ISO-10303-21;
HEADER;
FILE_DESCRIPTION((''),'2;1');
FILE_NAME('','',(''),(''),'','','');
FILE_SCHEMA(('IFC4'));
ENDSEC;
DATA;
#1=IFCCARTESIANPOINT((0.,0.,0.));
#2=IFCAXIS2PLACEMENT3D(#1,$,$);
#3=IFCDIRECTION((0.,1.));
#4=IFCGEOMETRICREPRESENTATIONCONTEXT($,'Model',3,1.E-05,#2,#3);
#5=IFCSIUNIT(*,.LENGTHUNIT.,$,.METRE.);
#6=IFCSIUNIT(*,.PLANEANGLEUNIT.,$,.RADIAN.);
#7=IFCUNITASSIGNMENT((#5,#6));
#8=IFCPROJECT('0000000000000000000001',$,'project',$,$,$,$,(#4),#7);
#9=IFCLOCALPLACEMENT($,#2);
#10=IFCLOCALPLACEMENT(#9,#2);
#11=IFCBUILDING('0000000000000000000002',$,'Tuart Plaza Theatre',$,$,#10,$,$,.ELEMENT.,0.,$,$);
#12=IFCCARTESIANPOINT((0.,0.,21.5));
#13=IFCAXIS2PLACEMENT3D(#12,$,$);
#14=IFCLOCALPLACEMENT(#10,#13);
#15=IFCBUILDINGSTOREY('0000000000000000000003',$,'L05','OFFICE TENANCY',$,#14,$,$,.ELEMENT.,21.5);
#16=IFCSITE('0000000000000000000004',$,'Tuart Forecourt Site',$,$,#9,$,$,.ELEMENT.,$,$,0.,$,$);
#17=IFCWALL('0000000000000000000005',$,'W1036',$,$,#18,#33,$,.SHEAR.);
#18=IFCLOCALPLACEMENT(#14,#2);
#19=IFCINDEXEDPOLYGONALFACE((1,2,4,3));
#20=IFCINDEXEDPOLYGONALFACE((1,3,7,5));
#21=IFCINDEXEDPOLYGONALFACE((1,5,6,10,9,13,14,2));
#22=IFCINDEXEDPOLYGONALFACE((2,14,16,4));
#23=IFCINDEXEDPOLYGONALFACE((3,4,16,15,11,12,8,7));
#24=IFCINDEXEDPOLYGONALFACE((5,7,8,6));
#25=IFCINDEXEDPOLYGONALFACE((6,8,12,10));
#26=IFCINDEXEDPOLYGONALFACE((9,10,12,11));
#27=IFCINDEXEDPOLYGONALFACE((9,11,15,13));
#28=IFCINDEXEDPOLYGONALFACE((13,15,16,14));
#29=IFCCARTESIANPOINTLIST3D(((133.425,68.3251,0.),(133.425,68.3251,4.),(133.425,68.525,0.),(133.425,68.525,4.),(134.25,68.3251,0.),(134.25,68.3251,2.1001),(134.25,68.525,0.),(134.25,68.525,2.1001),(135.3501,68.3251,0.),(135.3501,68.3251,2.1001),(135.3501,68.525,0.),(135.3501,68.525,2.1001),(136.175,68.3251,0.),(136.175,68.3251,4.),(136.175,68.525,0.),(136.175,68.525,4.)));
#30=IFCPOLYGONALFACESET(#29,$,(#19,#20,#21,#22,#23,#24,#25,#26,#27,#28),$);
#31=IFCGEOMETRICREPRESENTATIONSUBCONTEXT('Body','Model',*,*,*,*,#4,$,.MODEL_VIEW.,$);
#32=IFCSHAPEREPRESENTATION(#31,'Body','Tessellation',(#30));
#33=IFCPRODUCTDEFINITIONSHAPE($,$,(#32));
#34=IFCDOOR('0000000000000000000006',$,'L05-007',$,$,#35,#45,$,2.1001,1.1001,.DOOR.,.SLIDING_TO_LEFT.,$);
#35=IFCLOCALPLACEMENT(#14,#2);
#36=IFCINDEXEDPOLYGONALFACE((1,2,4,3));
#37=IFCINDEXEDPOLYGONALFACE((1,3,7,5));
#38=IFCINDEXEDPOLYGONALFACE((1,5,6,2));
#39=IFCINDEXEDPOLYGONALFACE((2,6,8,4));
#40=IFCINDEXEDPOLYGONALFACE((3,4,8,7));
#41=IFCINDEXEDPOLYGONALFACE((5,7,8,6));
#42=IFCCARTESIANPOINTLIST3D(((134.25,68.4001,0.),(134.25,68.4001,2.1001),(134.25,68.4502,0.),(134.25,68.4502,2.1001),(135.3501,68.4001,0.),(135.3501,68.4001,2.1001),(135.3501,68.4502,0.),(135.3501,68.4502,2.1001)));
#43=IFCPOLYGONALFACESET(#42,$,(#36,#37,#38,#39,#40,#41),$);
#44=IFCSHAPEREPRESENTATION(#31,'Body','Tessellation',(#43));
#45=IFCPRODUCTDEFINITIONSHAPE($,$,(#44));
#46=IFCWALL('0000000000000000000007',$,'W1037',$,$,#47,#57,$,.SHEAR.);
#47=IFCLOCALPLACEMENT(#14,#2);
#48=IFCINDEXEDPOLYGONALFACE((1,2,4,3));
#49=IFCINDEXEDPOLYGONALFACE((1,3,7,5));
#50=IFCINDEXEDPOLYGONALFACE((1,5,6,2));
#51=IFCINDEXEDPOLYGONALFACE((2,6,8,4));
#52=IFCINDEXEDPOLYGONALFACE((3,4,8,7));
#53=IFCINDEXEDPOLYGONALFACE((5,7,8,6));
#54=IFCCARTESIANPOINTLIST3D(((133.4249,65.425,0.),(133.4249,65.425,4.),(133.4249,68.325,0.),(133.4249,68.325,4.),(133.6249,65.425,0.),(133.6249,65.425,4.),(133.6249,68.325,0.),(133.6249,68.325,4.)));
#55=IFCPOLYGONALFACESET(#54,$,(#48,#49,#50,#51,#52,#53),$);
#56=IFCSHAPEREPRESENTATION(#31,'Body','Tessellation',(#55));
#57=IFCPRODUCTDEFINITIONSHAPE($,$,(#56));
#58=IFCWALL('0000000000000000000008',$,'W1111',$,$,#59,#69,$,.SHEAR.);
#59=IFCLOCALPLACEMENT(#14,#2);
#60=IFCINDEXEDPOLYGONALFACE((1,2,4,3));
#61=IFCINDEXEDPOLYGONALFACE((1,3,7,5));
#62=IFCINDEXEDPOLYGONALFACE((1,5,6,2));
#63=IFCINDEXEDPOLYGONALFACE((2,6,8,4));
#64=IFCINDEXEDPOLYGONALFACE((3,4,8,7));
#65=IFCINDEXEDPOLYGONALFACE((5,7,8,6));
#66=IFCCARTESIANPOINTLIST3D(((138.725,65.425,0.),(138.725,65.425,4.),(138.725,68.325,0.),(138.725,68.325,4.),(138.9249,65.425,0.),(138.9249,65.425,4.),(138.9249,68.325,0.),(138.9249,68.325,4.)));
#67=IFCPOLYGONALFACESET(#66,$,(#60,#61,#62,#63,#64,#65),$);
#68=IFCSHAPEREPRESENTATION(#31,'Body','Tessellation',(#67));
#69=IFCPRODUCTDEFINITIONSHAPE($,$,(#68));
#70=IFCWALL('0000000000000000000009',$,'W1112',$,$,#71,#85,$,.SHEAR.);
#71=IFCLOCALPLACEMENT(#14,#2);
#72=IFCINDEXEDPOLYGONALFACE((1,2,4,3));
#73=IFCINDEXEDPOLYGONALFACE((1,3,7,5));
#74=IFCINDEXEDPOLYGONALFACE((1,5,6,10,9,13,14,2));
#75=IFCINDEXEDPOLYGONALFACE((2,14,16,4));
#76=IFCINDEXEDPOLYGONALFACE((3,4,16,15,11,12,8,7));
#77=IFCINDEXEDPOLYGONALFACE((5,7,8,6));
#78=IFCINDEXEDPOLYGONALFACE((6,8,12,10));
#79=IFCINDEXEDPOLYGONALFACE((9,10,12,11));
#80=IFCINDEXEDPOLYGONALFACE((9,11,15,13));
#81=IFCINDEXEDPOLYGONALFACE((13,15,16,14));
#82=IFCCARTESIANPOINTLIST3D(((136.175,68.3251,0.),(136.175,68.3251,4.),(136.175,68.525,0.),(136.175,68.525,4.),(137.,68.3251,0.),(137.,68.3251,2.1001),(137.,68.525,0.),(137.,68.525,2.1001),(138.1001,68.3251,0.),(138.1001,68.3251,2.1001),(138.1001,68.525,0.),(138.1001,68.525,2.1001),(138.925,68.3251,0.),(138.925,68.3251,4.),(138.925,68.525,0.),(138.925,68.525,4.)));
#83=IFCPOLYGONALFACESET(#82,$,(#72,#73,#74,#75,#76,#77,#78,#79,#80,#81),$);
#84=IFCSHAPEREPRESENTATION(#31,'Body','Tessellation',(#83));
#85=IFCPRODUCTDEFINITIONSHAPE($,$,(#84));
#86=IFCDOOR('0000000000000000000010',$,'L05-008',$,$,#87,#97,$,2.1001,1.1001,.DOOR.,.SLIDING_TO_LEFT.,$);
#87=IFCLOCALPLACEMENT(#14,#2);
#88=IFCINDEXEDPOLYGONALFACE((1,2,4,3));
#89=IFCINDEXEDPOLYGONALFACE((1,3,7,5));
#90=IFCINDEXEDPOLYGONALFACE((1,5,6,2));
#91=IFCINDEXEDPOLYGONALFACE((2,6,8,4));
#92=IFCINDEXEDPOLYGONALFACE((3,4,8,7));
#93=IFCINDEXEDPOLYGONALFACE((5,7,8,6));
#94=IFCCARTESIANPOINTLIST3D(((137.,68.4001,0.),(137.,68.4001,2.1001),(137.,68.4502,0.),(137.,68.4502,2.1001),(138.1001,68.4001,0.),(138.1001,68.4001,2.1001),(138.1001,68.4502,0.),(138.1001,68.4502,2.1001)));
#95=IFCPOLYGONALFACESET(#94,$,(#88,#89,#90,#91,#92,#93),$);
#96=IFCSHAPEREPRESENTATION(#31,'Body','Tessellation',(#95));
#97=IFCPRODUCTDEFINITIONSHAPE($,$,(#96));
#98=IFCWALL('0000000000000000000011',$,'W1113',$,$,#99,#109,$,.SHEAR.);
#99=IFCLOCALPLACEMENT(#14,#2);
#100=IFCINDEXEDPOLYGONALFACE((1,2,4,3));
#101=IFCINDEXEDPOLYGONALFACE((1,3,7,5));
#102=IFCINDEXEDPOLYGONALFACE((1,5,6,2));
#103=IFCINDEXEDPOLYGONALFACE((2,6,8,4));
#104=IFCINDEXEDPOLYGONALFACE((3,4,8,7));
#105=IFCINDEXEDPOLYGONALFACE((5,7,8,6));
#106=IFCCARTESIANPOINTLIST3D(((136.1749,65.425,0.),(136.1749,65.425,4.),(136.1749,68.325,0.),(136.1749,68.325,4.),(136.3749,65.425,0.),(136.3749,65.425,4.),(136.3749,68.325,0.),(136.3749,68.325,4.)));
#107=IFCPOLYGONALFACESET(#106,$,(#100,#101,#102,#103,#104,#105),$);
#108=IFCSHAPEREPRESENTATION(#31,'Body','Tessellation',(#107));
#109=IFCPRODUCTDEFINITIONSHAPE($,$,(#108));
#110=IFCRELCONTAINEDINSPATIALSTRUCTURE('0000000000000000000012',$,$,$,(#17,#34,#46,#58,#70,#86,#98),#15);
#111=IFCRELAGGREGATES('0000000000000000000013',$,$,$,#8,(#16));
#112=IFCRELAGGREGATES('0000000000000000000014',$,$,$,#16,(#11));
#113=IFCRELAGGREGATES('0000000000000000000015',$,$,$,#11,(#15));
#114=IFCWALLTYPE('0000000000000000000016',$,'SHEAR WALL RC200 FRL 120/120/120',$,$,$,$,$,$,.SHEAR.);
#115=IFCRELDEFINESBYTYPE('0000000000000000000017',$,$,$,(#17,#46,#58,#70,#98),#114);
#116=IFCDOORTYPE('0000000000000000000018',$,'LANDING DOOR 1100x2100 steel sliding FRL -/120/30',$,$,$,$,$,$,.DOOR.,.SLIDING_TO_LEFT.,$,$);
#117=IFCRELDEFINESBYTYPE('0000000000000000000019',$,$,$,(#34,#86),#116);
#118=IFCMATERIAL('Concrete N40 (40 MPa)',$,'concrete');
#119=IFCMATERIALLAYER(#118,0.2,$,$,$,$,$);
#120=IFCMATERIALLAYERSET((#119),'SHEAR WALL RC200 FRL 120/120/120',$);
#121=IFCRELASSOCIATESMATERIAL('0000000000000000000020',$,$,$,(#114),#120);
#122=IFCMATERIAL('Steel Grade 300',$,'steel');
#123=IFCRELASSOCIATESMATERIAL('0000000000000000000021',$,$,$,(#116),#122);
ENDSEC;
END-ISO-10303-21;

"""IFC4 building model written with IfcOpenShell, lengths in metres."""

from ifc_helpers import new_model, si_unit, direction, frame, frame_2d, origin, place, context, subcontext, project, spatial, rectangle, extrude, material, layer, layer_set, type_object, element, fill, save


model = new_model("IFC4")

# Units and contexts
model_context = context("Model", 3, precision=1e-05, world=origin(), true_north=direction((0.0, 1.0)))
body_context = subcontext(model_context, "Body", "Model", "MODEL_VIEW")
ifc_project = project(units=[si_unit("LENGTHUNIT", "METRE"), si_unit("PLANEANGLEUNIT", "RADIAN")], contexts=[model_context])

# Site, building, storey
site_placement = place(None, origin())
site = spatial("IfcSite", under=ifc_project, at=site_placement, Name="Tuart Forecourt Site", CompositionType="ELEMENT", RefElevation=0.0)
building_placement = place(site_placement, origin())
building = spatial("IfcBuilding", under=site, at=building_placement, Name="Tuart Plaza Theatre", CompositionType="ELEMENT", ElevationOfRefHeight=0.0)
storey_placement = place(building_placement, frame((0.0, 0.0, 21.5)))
storey = spatial("IfcBuildingStorey", under=building, at=storey_placement, Name="L05", Description="OFFICE TENANCY", CompositionType="ELEMENT", Elevation=21.5)

# Shared definitions
ifc_material_1 = material(Name="Concrete N40 (40 MPa)", Category="concrete")
ifc_layer_1 = layer(ifc_material_1, 0.2)
ifc_layer_set_1 = layer_set([ifc_layer_1], Name="SHEAR WALL RC200 FRL 120/120/120")
wall_type_1 = type_object("IfcWallType", Name="SHEAR WALL RC200 FRL 120/120/120", PredefinedType="SHEAR", material=ifc_layer_set_1)

# Shared definitions
ifc_material_2 = material(Name="Steel Grade 300", Category="steel")
door_type_1 = type_object("IfcDoorType", Name="LANDING DOOR 1100x2100 steel sliding FRL -/120/30", OperationType="SLIDING_TO_LEFT", PredefinedType="DOOR", material=ifc_material_2)

# Wall, opening, door
wall_1_placement = place(storey_placement, frame((136.175, 68.425, 0.0), z_axis=(0.0, 0.0, 1.0), x_axis=(-1.0, 0.0, 0.0)))
wall_1 = element("IfcWall", 1, at=wall_1_placement, inside=storey, type_object=wall_type_1, Name="W1036", PredefinedType="SHEAR", context=body_context, shape_type="SweptSolid", body=[
    extrude(rectangle(XDim=2.75, YDim=0.2, at=frame_2d((1.375, 0.0))), origin(), (0.0, 0.0, 1.0), 4.0),
])
opening_1_placement = place(wall_1_placement, frame((0.825, 0.0, 0.0)))
opening_1 = element("IfcOpeningElement", 2, at=opening_1_placement, cuts=wall_1, PredefinedType="OPENING", context=body_context, shape_type="SweptSolid", body=[
    extrude(rectangle(XDim=1.1001, YDim=2.1001, at=frame_2d((0.55, 1.05))), frame((0.0, 0.1099, 0.0), z_axis=(0.0, -1.0, 0.0), x_axis=(1.0, 0.0, 0.0)), (0.0, 0.0, 1.0), 0.22),
])
door_1_placement = place(opening_1_placement, origin())
door_1 = element("IfcDoor", 3, at=door_1_placement, inside=storey, type_object=door_type_1, Name="L05-007", OperationType="SLIDING_TO_LEFT", OverallHeight=2.1001, OverallWidth=1.1001, PredefinedType="DOOR", context=body_context, shape_type="SweptSolid", body=[
    extrude(rectangle(XDim=1.1001, YDim=2.1001, at=frame_2d((0.55, 1.05))), frame((0.0, 0.0249, 0.0), z_axis=(0.0, -1.0, 0.0), x_axis=(1.0, 0.0, 0.0)), (0.0, 0.0, 1.0), 0.05),
])
fill(opening_1, door_1)

# Walls
for number, where, z_axis, x_axis, name in (
    (4, (133.5249, 68.325, 0.0), (0.0, 0.0, 1.0), (0.0, -1.0, 0.0), "W1037"),
    (5, (138.825, 65.425, 0.0), (0.0, 0.0, 1.0), (0.0, 1.0, 0.0), "W1111"),
):
    element("IfcWall", number, at=place(storey_placement, frame(where, z_axis=z_axis, x_axis=x_axis)), inside=storey, type_object=wall_type_1, Name=name, PredefinedType="SHEAR", context=body_context, shape_type="SweptSolid", body=[
        extrude(rectangle(XDim=2.8999, YDim=0.2, at=frame_2d((1.45, 0.0))), origin(), (0.0, 0.0, 1.0), 4.0),
    ])

# Wall, opening, door
wall_2_placement = place(storey_placement, frame((138.925, 68.425, 0.0), z_axis=(0.0, 0.0, 1.0), x_axis=(-1.0, 0.0, 0.0)))
wall_2 = element("IfcWall", 6, at=wall_2_placement, inside=storey, type_object=wall_type_1, Name="W1112", PredefinedType="SHEAR", context=body_context, shape_type="SweptSolid", body=[
    extrude(rectangle(XDim=2.75, YDim=0.2, at=frame_2d((1.375, 0.0))), origin(), (0.0, 0.0, 1.0), 4.0),
])
opening_2_placement = place(wall_2_placement, frame((0.825, 0.0, 0.0)))
opening_2 = element("IfcOpeningElement", 7, at=opening_2_placement, cuts=wall_2, PredefinedType="OPENING", context=body_context, shape_type="SweptSolid", body=[
    extrude(rectangle(XDim=1.1001, YDim=2.1001, at=frame_2d((0.55, 1.05))), frame((0.0, 0.1099, 0.0), z_axis=(0.0, -1.0, 0.0), x_axis=(1.0, 0.0, 0.0)), (0.0, 0.0, 1.0), 0.22),
])
door_2_placement = place(opening_2_placement, origin())
door_2 = element("IfcDoor", 8, at=door_2_placement, inside=storey, type_object=door_type_1, Name="L05-008", OperationType="SLIDING_TO_LEFT", OverallHeight=2.1001, OverallWidth=1.1001, PredefinedType="DOOR", context=body_context, shape_type="SweptSolid", body=[
    extrude(rectangle(XDim=1.1001, YDim=2.1001, at=frame_2d((0.55, 1.05))), frame((0.0, 0.0249, 0.0), z_axis=(0.0, -1.0, 0.0), x_axis=(1.0, 0.0, 0.0)), (0.0, 0.0, 1.0), 0.05),
])
fill(opening_2, door_2)

# Wall
wall_3_placement = place(storey_placement, frame((136.2749, 68.325, 0.0), z_axis=(0.0, 0.0, 1.0), x_axis=(0.0, -1.0, 0.0)))
element("IfcWall", 9, at=wall_3_placement, inside=storey, type_object=wall_type_1, Name="W1113", PredefinedType="SHEAR", context=body_context, shape_type="SweptSolid", body=[
    extrude(rectangle(XDim=2.8999, YDim=0.2, at=frame_2d((1.45, 0.0))), origin(), (0.0, 0.0, 1.0), 4.0),
])

save(model, "model.ifc")
